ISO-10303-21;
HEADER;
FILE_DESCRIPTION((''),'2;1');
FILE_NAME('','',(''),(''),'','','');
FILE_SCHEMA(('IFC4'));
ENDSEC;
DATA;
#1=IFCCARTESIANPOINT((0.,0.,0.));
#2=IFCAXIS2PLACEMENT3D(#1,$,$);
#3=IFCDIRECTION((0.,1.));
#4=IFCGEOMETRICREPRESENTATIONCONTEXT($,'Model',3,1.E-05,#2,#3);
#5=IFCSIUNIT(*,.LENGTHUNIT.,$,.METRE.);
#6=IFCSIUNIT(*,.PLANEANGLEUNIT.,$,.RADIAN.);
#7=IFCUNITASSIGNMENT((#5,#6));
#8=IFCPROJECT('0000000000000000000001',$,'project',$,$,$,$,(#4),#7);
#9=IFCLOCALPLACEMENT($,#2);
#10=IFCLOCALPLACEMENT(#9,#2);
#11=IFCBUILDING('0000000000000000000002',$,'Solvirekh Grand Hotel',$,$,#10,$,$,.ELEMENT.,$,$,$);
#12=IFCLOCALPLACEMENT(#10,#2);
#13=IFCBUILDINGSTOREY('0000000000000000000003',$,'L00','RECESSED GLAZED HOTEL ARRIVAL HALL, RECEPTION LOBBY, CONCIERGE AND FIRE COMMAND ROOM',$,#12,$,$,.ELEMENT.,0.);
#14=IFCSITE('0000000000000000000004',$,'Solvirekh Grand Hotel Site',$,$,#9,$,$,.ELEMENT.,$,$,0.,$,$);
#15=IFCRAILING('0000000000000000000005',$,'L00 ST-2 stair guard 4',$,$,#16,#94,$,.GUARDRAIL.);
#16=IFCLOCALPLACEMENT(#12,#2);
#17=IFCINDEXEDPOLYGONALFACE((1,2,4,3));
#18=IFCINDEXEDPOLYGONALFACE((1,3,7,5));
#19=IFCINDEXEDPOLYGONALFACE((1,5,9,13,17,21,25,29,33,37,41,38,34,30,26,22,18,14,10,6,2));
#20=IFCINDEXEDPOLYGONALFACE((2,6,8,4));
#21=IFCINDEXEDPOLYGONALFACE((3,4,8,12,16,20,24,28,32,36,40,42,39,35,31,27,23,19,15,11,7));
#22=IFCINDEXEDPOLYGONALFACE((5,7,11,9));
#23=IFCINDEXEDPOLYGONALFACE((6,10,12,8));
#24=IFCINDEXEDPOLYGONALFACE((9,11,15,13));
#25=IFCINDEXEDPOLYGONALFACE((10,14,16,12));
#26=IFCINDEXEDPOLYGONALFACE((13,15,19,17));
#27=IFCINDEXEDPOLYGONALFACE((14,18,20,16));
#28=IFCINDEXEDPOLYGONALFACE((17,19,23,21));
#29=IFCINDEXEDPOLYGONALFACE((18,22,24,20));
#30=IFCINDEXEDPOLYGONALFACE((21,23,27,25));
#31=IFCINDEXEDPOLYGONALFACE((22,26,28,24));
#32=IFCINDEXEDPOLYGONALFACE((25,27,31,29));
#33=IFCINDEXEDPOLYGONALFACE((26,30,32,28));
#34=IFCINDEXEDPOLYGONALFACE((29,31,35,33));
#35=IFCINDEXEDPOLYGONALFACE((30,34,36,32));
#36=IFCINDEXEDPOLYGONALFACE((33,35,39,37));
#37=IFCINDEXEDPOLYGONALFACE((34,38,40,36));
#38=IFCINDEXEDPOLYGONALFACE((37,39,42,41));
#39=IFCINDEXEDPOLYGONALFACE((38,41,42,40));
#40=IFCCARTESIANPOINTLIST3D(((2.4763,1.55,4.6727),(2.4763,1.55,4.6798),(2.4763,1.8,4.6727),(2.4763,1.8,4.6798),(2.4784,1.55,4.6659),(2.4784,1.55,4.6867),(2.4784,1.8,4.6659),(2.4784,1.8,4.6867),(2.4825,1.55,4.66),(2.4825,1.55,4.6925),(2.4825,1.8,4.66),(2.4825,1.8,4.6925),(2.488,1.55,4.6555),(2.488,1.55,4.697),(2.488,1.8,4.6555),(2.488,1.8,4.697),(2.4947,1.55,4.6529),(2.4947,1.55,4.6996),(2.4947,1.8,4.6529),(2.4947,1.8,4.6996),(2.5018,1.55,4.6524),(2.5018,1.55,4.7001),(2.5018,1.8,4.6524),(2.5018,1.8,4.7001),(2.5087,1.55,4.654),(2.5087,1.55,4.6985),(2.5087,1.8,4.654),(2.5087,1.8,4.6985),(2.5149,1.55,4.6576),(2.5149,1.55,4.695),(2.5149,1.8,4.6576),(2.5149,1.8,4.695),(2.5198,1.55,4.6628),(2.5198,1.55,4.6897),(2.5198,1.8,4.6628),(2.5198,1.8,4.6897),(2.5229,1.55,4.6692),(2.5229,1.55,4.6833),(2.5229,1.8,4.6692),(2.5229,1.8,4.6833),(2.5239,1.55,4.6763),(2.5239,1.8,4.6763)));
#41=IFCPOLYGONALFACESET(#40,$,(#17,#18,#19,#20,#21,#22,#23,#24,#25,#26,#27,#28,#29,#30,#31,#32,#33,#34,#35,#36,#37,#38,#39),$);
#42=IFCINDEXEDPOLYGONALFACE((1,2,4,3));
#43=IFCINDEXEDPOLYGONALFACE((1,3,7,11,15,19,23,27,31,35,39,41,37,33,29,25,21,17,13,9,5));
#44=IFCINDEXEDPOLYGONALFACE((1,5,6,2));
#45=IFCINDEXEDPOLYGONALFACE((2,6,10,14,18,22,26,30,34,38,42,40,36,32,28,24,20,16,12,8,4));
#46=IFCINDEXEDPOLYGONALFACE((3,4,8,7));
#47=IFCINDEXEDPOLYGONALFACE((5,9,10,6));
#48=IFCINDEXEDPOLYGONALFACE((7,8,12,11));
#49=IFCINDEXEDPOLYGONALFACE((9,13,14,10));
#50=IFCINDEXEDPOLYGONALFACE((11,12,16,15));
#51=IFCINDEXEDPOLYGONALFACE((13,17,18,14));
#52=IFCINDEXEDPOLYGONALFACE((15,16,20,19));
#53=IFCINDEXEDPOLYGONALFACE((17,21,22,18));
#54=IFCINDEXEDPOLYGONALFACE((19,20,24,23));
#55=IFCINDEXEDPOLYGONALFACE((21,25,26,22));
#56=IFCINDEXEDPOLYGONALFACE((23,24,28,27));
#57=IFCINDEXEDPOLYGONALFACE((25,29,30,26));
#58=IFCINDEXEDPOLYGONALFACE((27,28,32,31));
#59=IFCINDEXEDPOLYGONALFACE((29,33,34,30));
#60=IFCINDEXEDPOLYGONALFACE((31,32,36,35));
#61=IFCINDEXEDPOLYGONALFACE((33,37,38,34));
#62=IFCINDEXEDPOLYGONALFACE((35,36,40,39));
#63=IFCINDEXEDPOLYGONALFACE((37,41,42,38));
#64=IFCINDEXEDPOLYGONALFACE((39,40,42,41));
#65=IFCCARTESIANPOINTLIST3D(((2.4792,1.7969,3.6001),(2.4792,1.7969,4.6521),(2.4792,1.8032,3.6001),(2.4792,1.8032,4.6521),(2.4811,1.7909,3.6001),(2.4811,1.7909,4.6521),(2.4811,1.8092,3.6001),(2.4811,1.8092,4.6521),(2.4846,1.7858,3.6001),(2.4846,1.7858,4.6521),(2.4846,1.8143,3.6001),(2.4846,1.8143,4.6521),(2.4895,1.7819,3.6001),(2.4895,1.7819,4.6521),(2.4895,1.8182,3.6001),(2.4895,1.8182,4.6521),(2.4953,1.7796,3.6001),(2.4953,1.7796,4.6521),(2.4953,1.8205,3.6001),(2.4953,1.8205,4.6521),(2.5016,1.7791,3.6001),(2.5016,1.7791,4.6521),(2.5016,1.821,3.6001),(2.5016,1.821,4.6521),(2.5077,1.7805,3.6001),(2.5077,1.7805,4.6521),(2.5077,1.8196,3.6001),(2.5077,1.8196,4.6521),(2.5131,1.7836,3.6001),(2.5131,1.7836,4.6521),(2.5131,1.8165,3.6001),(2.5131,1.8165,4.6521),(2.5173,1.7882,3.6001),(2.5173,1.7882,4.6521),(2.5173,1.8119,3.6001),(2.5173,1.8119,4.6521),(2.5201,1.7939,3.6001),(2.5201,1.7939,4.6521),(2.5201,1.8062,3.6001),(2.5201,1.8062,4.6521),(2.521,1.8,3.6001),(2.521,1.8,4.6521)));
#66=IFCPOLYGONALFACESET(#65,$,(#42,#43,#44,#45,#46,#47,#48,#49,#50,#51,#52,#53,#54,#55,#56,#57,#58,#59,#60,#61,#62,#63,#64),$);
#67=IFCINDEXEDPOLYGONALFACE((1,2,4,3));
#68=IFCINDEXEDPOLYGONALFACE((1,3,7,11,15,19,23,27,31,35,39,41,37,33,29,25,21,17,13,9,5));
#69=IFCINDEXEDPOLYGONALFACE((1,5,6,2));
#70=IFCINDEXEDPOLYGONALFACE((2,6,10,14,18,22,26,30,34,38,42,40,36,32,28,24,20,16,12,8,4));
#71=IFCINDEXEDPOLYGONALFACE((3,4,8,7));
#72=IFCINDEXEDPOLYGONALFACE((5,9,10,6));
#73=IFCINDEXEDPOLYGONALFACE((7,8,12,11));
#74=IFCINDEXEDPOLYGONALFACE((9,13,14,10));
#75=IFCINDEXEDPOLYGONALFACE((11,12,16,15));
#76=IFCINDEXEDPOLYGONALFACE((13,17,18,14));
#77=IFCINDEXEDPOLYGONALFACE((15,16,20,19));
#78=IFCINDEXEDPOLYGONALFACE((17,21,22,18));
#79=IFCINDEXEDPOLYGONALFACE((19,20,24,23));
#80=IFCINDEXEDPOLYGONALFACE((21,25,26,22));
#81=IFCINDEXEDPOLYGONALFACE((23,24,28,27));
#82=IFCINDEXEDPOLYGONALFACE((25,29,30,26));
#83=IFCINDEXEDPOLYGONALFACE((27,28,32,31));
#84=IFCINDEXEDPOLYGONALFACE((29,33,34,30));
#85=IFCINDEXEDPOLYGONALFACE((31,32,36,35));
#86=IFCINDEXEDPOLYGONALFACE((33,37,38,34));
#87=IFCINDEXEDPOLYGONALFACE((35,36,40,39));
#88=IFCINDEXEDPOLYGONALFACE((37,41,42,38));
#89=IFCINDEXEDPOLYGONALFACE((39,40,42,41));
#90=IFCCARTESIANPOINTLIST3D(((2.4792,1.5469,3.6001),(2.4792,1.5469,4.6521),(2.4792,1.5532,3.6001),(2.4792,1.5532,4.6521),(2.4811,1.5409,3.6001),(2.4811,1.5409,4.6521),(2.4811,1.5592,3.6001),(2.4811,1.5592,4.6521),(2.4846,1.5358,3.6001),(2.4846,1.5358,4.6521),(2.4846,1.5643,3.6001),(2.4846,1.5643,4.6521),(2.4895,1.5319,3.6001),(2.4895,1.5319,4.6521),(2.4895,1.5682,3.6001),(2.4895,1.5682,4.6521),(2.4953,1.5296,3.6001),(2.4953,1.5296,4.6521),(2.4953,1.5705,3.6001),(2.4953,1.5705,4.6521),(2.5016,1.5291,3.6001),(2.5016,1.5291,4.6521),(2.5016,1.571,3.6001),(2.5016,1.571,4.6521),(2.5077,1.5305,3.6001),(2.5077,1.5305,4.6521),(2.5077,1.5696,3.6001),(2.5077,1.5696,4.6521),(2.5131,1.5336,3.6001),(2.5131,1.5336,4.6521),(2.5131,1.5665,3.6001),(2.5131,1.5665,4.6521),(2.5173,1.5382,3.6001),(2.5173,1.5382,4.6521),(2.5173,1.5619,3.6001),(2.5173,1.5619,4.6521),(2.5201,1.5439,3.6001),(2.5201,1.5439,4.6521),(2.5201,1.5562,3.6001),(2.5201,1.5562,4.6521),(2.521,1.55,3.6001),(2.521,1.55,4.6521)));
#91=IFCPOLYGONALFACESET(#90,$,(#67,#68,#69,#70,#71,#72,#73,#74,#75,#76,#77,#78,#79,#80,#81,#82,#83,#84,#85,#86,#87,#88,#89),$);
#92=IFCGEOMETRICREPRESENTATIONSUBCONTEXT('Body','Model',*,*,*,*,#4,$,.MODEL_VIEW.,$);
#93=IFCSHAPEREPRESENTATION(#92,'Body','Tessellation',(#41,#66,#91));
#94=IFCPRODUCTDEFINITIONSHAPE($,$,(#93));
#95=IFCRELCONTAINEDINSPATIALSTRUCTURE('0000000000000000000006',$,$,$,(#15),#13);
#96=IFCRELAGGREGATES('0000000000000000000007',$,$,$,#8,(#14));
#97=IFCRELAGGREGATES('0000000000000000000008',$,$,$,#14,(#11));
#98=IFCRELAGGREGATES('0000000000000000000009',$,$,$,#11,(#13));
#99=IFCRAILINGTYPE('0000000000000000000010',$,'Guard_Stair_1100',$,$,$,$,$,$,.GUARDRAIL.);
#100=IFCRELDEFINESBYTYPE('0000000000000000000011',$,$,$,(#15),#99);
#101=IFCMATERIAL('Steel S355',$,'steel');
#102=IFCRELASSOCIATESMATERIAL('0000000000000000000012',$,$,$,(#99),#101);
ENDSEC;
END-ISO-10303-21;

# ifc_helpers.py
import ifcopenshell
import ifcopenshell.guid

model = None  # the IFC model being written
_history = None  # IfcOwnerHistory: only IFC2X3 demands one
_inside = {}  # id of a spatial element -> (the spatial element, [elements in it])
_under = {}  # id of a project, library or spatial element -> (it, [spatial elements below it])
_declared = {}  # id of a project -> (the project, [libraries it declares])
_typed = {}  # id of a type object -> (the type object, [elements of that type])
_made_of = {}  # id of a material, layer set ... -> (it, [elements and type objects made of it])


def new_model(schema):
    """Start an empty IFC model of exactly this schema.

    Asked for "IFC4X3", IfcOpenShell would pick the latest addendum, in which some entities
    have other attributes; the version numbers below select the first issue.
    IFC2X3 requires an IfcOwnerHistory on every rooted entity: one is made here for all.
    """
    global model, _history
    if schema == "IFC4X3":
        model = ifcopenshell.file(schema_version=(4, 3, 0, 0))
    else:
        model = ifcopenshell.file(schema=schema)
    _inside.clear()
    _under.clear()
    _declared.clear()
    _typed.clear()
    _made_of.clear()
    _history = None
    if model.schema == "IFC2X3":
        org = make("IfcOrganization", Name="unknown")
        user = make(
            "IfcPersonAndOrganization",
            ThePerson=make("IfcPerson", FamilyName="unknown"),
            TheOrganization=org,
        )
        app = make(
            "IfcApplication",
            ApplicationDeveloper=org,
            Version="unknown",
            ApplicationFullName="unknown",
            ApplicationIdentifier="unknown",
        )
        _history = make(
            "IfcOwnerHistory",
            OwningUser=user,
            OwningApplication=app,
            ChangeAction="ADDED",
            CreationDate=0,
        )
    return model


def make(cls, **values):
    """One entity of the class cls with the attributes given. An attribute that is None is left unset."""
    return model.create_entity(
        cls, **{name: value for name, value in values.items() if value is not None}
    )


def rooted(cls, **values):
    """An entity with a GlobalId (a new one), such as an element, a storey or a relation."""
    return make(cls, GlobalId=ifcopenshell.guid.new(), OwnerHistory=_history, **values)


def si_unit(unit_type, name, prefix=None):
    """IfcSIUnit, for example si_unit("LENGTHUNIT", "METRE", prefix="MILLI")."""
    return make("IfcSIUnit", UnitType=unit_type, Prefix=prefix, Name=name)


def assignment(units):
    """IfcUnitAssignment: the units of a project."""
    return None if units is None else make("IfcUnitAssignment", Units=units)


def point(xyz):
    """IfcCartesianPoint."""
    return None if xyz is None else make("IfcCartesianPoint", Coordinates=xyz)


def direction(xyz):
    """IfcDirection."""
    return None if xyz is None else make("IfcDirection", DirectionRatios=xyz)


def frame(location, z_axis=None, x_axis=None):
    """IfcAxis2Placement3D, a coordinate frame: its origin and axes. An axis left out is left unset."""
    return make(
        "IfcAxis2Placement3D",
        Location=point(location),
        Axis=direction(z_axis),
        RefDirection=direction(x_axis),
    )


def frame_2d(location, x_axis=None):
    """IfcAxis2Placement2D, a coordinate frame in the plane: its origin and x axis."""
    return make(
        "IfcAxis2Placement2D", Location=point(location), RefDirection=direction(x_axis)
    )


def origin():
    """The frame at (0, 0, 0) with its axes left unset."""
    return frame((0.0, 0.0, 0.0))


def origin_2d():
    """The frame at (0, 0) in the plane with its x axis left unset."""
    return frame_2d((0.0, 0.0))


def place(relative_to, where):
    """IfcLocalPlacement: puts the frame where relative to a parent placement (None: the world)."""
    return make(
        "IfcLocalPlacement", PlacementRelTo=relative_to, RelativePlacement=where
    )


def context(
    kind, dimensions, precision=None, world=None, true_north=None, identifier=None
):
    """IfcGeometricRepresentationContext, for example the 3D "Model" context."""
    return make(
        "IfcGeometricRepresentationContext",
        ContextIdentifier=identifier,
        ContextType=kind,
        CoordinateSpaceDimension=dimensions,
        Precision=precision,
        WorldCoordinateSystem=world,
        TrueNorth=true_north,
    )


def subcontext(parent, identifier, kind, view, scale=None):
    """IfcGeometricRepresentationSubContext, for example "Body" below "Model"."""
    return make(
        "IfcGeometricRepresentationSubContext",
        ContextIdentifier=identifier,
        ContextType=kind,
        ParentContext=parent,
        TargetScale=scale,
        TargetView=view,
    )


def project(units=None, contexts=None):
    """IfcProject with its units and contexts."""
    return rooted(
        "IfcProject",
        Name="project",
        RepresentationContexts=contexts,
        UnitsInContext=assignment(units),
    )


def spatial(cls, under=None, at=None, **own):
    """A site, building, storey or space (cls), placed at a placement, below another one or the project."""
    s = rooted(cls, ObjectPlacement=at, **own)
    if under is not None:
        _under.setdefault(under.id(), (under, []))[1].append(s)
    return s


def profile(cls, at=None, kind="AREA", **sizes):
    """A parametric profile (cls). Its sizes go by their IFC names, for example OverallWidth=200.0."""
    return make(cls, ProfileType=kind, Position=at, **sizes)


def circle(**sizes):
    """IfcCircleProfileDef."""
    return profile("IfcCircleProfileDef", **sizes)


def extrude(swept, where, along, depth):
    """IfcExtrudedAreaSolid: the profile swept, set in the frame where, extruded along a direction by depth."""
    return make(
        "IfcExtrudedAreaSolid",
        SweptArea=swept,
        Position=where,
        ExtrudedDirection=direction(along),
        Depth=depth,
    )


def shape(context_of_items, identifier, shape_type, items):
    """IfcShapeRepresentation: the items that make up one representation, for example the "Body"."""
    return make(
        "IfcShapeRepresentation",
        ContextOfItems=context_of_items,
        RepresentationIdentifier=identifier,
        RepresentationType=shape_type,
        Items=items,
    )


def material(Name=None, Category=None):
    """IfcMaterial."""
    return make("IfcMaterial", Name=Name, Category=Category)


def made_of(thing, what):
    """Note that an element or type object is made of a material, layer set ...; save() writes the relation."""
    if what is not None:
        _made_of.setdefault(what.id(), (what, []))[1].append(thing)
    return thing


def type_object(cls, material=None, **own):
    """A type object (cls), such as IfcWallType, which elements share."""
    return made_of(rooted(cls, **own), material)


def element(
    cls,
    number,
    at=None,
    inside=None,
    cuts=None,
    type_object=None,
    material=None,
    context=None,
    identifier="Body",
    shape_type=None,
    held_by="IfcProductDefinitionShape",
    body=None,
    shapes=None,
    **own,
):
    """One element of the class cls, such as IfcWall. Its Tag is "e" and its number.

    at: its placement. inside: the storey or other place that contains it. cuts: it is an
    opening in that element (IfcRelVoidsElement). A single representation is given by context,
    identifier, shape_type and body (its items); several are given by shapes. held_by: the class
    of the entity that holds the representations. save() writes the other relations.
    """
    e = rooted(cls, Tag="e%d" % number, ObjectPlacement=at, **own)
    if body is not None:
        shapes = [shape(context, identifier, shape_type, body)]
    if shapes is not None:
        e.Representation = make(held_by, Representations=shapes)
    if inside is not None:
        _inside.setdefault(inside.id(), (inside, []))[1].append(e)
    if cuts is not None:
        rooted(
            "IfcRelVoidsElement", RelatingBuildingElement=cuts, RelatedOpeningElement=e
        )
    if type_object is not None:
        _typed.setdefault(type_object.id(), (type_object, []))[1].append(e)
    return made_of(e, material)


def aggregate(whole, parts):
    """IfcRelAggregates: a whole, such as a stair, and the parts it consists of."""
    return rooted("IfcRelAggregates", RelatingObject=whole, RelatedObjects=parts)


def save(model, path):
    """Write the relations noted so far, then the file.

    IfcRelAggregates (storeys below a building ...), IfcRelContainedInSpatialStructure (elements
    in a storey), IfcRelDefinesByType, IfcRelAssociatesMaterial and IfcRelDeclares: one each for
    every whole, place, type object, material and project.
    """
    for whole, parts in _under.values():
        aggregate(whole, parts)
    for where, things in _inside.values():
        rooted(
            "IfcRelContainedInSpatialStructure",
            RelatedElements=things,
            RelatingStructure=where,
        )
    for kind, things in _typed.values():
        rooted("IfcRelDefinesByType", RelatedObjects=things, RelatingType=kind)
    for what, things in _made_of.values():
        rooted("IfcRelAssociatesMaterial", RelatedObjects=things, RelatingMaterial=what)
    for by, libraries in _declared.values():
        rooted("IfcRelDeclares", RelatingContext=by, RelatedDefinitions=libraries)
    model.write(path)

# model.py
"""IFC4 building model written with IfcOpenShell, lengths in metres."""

from ifc_helpers import new_model, si_unit, direction, frame, origin, origin_2d, place, context, subcontext, project, spatial, circle, extrude, material, type_object, element, save


model = new_model("IFC4")

# Units and contexts
model_context = context("Model", 3, precision=1e-05, world=origin(), true_north=direction((0.0, 1.0)))
body_context = subcontext(model_context, "Body", "Model", "MODEL_VIEW")
ifc_project = project(units=[si_unit("LENGTHUNIT", "METRE"), si_unit("PLANEANGLEUNIT", "RADIAN")], contexts=[model_context])

# Site, building, storey
site_placement = place(None, origin())
site = spatial("IfcSite", under=ifc_project, at=site_placement, Name="Solvirekh Grand Hotel Site", CompositionType="ELEMENT", RefElevation=0.0)
building_placement = place(site_placement, origin())
building = spatial("IfcBuilding", under=site, at=building_placement, Name="Solvirekh Grand Hotel", CompositionType="ELEMENT")
storey_placement = place(building_placement, origin())
storey = spatial("IfcBuildingStorey", under=building, at=storey_placement, Name="L00", Description="RECESSED GLAZED HOTEL ARRIVAL HALL, RECEPTION LOBBY, CONCIERGE AND FIRE COMMAND ROOM", CompositionType="ELEMENT", Elevation=0.0)

# Railing
ifc_material_1 = material(Name="Steel S355", Category="steel")
railing_type_1 = type_object("IfcRailingType", Name="Guard_Stair_1100", PredefinedType="GUARDRAIL", material=ifc_material_1)
railing_1_placement = place(storey_placement, frame((2.5, 1.8, 3.6001)))
element("IfcRailing", 1, at=railing_1_placement, inside=storey, type_object=railing_type_1, Name="L00 ST-2 stair guard 4", PredefinedType="GUARDRAIL", context=body_context, shape_type="SweptSolid", body=[
    extrude(circle(Radius=0.0239, at=origin_2d()), frame((0.0, 0.0, 1.0762), z_axis=(0.0, -1.0, 0.0), x_axis=(1.0, 0.0, 0.0)), (0.0, 0.0, 1.0), 0.25),
    extrude(circle(Radius=0.021, at=origin_2d()), origin(), (0.0, 0.0, 1.0), 1.052),
    extrude(circle(Radius=0.021, at=origin_2d()), frame((0.0, -0.25, 0.0)), (0.0, 0.0, 1.0), 1.052),
])

save(model, "model.ifc")
